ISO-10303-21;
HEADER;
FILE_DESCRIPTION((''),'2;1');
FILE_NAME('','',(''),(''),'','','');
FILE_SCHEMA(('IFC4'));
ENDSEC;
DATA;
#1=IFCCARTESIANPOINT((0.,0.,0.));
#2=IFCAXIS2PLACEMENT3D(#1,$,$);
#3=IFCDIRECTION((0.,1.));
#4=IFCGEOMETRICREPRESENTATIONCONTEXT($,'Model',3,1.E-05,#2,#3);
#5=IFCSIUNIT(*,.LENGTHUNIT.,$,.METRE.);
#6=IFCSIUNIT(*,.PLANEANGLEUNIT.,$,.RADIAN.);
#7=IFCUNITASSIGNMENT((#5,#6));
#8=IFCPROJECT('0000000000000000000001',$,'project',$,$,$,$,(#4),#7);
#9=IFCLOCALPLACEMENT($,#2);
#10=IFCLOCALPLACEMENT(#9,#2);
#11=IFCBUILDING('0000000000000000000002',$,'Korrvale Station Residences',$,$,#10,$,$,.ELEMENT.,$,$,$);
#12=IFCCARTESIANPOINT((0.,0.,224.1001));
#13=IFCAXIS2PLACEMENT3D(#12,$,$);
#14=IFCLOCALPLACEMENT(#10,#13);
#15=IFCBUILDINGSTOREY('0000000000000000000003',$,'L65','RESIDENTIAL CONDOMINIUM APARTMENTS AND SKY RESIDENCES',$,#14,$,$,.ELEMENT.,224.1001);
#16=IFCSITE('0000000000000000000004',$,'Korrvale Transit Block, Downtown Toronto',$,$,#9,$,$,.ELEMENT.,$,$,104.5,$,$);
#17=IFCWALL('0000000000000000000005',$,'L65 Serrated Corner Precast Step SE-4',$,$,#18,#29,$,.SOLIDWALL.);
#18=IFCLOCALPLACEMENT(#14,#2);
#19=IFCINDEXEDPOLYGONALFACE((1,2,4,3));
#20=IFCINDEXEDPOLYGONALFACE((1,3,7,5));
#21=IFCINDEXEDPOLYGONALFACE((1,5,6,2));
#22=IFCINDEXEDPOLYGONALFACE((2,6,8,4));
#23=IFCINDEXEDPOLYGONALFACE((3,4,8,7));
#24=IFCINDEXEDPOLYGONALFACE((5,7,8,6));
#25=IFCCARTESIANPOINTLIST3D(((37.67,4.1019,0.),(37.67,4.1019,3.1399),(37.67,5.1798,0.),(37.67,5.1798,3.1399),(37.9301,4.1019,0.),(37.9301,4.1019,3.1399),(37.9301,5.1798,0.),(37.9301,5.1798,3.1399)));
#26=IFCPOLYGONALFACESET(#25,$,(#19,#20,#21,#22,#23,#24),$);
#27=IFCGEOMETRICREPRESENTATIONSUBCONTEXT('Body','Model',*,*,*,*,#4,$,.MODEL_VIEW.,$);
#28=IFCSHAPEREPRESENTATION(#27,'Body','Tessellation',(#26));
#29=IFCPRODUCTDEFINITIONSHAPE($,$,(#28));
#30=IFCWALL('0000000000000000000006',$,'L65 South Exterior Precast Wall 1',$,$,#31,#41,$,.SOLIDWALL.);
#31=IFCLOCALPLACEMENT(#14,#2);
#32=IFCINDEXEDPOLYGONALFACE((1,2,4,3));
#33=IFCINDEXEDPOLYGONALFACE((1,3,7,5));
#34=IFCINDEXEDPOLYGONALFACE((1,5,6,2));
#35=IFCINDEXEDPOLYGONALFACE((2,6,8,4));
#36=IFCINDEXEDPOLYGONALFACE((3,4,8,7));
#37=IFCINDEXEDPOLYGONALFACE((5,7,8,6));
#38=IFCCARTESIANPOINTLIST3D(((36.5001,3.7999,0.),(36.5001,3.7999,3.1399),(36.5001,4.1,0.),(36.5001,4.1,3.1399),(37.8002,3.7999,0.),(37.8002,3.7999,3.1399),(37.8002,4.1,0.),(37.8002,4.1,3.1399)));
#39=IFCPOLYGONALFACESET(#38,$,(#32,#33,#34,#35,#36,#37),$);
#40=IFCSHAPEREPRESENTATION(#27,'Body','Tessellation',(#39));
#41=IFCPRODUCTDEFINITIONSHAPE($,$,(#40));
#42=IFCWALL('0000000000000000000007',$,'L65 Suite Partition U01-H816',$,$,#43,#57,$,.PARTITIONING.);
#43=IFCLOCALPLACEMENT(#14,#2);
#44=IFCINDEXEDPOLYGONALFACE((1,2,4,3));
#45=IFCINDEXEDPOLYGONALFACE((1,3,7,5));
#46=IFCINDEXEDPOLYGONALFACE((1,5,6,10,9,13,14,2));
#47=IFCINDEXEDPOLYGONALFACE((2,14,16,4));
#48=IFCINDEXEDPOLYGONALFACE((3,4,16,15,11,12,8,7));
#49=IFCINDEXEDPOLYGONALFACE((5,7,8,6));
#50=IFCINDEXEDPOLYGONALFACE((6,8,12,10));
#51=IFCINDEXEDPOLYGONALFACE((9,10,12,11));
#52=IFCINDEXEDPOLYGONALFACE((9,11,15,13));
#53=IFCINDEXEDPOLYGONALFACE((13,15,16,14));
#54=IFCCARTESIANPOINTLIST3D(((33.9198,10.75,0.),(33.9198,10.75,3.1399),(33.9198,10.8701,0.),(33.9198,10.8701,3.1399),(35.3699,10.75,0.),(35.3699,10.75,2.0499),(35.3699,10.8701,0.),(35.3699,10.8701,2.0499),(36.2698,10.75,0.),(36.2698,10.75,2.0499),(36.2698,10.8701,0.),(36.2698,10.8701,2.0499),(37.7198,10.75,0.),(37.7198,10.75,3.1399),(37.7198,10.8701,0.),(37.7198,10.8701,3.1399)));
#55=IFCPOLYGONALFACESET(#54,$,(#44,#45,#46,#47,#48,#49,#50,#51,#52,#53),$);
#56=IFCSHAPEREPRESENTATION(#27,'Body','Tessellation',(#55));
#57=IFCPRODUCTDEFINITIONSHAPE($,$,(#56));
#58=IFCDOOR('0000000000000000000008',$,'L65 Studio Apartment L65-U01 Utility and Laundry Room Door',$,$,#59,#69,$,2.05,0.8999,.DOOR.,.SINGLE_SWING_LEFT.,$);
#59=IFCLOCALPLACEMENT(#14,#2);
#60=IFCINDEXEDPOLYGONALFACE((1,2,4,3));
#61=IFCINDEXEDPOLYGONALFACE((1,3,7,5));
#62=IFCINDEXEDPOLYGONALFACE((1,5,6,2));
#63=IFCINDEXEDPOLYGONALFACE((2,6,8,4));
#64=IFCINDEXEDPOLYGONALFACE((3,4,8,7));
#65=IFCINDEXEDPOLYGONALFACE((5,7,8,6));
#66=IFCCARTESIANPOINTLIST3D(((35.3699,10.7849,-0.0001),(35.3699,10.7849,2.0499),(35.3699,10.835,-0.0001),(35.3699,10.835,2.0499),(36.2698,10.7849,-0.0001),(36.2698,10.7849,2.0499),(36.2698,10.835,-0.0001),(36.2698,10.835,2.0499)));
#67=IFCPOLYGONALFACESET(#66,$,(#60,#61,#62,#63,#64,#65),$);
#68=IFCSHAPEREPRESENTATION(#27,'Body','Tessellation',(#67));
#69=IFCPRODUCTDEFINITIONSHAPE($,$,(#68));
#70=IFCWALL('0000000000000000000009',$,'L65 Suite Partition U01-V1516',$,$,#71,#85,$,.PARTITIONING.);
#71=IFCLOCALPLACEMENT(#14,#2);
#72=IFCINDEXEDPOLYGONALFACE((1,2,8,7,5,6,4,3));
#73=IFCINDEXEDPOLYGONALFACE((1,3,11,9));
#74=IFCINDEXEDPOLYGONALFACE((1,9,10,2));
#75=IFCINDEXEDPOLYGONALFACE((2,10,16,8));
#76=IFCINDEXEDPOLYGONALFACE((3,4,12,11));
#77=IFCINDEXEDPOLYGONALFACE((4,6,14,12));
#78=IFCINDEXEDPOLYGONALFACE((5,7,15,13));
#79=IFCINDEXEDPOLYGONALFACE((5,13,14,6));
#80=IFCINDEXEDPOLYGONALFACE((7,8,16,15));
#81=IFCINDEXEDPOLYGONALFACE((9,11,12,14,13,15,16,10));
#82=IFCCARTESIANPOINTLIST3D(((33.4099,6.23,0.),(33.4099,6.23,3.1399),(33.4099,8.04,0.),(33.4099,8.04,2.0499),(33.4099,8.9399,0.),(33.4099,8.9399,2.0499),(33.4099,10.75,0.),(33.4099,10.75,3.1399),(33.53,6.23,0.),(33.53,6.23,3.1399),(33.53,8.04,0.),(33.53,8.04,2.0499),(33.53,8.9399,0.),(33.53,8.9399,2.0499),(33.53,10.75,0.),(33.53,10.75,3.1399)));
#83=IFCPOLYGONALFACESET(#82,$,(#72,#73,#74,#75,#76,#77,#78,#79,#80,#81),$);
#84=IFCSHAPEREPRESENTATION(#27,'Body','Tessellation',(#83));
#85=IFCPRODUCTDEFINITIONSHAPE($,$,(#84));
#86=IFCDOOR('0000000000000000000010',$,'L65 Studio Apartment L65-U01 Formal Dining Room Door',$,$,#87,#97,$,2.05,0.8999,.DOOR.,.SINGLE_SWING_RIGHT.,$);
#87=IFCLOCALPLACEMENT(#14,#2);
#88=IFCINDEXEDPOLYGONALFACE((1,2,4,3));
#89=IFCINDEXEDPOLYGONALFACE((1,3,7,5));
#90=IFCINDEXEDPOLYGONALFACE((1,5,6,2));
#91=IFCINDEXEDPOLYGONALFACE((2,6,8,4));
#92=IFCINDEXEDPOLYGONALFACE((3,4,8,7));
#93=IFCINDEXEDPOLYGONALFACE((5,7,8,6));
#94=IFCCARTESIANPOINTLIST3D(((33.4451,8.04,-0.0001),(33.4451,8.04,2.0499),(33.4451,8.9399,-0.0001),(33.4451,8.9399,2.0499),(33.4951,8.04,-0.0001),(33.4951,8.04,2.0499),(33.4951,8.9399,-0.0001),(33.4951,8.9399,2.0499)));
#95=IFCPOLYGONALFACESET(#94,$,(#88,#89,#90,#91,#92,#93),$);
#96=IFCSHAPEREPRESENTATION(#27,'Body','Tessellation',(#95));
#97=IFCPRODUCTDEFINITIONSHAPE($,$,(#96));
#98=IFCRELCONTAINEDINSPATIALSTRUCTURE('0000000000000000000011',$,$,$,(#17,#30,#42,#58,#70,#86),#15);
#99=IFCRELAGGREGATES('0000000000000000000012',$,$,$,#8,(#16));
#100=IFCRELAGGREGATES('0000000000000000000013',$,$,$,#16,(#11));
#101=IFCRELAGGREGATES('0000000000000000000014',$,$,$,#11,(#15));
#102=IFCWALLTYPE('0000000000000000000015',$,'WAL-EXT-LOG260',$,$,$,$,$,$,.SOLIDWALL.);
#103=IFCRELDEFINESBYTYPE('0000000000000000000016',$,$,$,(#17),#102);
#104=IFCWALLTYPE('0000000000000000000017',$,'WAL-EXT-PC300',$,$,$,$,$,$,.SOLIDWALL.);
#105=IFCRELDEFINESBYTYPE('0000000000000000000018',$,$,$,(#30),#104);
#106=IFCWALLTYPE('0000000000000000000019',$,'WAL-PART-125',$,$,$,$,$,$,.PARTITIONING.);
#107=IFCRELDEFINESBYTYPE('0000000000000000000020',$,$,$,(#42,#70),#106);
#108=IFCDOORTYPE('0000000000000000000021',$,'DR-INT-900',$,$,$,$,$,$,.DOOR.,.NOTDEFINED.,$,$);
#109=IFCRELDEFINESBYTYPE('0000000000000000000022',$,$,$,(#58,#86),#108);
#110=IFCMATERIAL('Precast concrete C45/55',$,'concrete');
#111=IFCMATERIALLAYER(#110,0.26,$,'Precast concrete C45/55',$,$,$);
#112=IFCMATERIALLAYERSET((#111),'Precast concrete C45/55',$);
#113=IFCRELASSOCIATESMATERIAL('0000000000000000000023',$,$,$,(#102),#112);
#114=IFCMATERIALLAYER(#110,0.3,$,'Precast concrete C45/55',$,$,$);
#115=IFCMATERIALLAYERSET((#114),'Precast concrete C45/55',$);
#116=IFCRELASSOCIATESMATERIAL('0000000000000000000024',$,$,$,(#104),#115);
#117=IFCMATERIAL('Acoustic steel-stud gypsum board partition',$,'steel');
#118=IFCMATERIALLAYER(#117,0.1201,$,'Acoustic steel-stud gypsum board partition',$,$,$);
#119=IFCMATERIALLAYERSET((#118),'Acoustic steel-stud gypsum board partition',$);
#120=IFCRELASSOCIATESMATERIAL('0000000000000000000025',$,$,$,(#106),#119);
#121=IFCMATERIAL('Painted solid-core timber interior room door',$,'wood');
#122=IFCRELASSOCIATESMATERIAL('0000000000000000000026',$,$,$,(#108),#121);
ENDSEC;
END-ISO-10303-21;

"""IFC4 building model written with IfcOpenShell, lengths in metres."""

from ifc_helpers import new_model, si_unit, direction, frame, frame_2d, origin, place, context, subcontext, project, spatial, rectangle, extrude, material, layer, layer_set, type_object, element, fill, save


model = new_model("IFC4")

# Units and contexts
model_context = context("Model", 3, precision=1e-05, world=origin(), true_north=direction((0.0, 1.0)))
body_context = subcontext(model_context, "Body", "Model", "MODEL_VIEW")
ifc_project = project(units=[si_unit("LENGTHUNIT", "METRE"), si_unit("PLANEANGLEUNIT", "RADIAN")], contexts=[model_context])

# Site, building, storey
site_placement = place(None, origin())
site = spatial("IfcSite", under=ifc_project, at=site_placement, Name="Korrvale Transit Block, Downtown Toronto", CompositionType="ELEMENT", RefElevation=104.5)
building_placement = place(site_placement, origin())
building = spatial("IfcBuilding", under=site, at=building_placement, Name="Korrvale Station Residences", CompositionType="ELEMENT")
storey_placement = place(building_placement, frame((0.0, 0.0, 224.1001)))
storey = spatial("IfcBuildingStorey", under=building, at=storey_placement, Name="L65", Description="RESIDENTIAL CONDOMINIUM APARTMENTS AND SKY RESIDENCES", CompositionType="ELEMENT", Elevation=224.1001)

# Shared definitions
ifc_material_1 = material(Name="Precast concrete C45/55", Category="concrete")
ifc_layer_1 = layer(ifc_material_1, 0.26, Name="Precast concrete C45/55")
ifc_layer_set_1 = layer_set([ifc_layer_1], Name="Precast concrete C45/55")
wall_type_1 = type_object("IfcWallType", Name="WAL-EXT-LOG260", PredefinedType="SOLIDWALL", material=ifc_layer_set_1)

# Walls
wall_1_placement = place(storey_placement, frame((37.8, 5.1799, 0.0), z_axis=(0.0, 0.0, 1.0), x_axis=(0.0, -1.0, 0.0)))
element("IfcWall", 1, at=wall_1_placement, inside=storey, type_object=wall_type_1, Name="L65 Serrated Corner Precast Step SE-4", PredefinedType="SOLIDWALL", context=body_context, shape_type="SweptSolid", body=[
    extrude(rectangle(XDim=1.0779, YDim=0.26, at=frame_2d((0.5391, 0.0))), origin(), (0.0, 0.0, 1.0), 3.1399),
])
ifc_layer_2 = layer(ifc_material_1, 0.3, Name="Precast concrete C45/55")
ifc_layer_set_2 = layer_set([ifc_layer_2], Name="Precast concrete C45/55")
wall_type_2 = type_object("IfcWallType", Name="WAL-EXT-PC300", PredefinedType="SOLIDWALL", material=ifc_layer_set_2)
wall_2_placement = place(storey_placement, frame((37.8, 3.95, 0.0), z_axis=(0.0, 0.0, 1.0), x_axis=(-1.0, 0.0, 0.0)))
element("IfcWall", 2, at=wall_2_placement, inside=storey, type_object=wall_type_2, Name="L65 South Exterior Precast Wall 1", PredefinedType="SOLIDWALL", context=body_context, shape_type="SweptSolid", body=[
    extrude(rectangle(XDim=1.3, YDim=0.3, at=frame_2d((0.6499, 0.0))), origin(), (0.0, 0.0, 1.0), 3.1399),
])

# Walls, openings, doors
ifc_material_2 = material(Name="Acoustic steel-stud gypsum board partition", Category="steel")
ifc_layer_3 = layer(ifc_material_2, 0.1201, Name="Acoustic steel-stud gypsum board partition")
ifc_layer_set_3 = layer_set([ifc_layer_3], Name="Acoustic steel-stud gypsum board partition")
wall_type_3 = type_object("IfcWallType", Name="WAL-PART-125", PredefinedType="PARTITIONING", material=ifc_layer_set_3)
wall_3_placement = place(storey_placement, frame((33.9199, 10.8101, 0.0), z_axis=(0.0, 0.0, 1.0), x_axis=(1.0, 0.0, 0.0)))
wall_3 = element("IfcWall", 3, at=wall_3_placement, inside=storey, type_object=wall_type_3, Name="L65 Suite Partition U01-H816", PredefinedType="PARTITIONING", context=body_context, shape_type="SweptSolid", body=[
    extrude(rectangle(XDim=3.8, YDim=0.1201, at=frame_2d((1.8999, 0.0))), origin(), (0.0, 0.0, 1.0), 3.1399),
])
opening_1_placement = place(wall_3_placement, frame((1.45, 0.0, 0.0)))
opening_1 = element("IfcOpeningElement", 4, at=opening_1_placement, cuts=wall_3, PredefinedType="OPENING", context=body_context, shape_type="SweptSolid", body=[
    extrude(rectangle(XDim=0.8999, YDim=2.05, at=frame_2d((0.45, 1.0249))), frame((0.0, 0.0701, 0.0), z_axis=(0.0, -1.0, 0.0), x_axis=(1.0, 0.0, 0.0)), (0.0, 0.0, 1.0), 0.1401),
])
ifc_material_3 = material(Name="Painted solid-core timber interior room door", Category="wood")
door_type_1 = type_object("IfcDoorType", Name="DR-INT-900", OperationType="NOTDEFINED", PredefinedType="DOOR", material=ifc_material_3)
door_1_placement = place(opening_1_placement, origin())
door_1 = element("IfcDoor", 5, at=door_1_placement, inside=storey, type_object=door_type_1, Name="L65 Studio Apartment L65-U01 Utility and Laundry Room Door", OperationType="SINGLE_SWING_LEFT", OverallHeight=2.05, OverallWidth=0.8999, PredefinedType="DOOR", context=body_context, shape_type="SweptSolid", body=[
    extrude(rectangle(XDim=0.8999, YDim=2.05, at=frame_2d((0.45, 1.0249))), frame((0.0, 0.0249, 0.0), z_axis=(0.0, -1.0, 0.0), x_axis=(1.0, 0.0, 0.0)), (0.0, 0.0, 1.0), 0.05),
])
fill(opening_1, door_1)
wall_4_placement = place(storey_placement, frame((33.47, 6.23, 0.0), z_axis=(0.0, 0.0, 1.0), x_axis=(0.0, 1.0, 0.0)))
wall_4 = element("IfcWall", 6, at=wall_4_placement, inside=storey, type_object=wall_type_3, Name="L65 Suite Partition U01-V1516", PredefinedType="PARTITIONING", context=body_context, shape_type="SweptSolid", body=[
    extrude(rectangle(XDim=4.52, YDim=0.1201, at=frame_2d((2.26, 0.0))), origin(), (0.0, 0.0, 1.0), 3.1399),
])
opening_2_placement = place(wall_4_placement, frame((1.8101, 0.0, 0.0)))
opening_2 = element("IfcOpeningElement", 7, at=opening_2_placement, cuts=wall_4, PredefinedType="OPENING", context=body_context, shape_type="SweptSolid", body=[
    extrude(rectangle(XDim=0.8999, YDim=2.05, at=frame_2d((0.45, 1.0249))), frame((0.0, 0.0701, 0.0), z_axis=(0.0, -1.0, 0.0), x_axis=(1.0, 0.0, 0.0)), (0.0, 0.0, 1.0), 0.1401),
])
door_2_placement = place(opening_2_placement, origin())
door_2 = element("IfcDoor", 8, at=door_2_placement, inside=storey, type_object=door_type_1, Name="L65 Studio Apartment L65-U01 Formal Dining Room Door", OperationType="SINGLE_SWING_RIGHT", OverallHeight=2.05, OverallWidth=0.8999, PredefinedType="DOOR", context=body_context, shape_type="SweptSolid", body=[
    extrude(rectangle(XDim=0.8999, YDim=2.05, at=frame_2d((0.45, 1.0249))), frame((0.0, 0.0249, 0.0), z_axis=(0.0, -1.0, 0.0), x_axis=(1.0, 0.0, 0.0)), (0.0, 0.0, 1.0), 0.05),
])
fill(opening_2, door_2)

save(model, "model.ifc")
